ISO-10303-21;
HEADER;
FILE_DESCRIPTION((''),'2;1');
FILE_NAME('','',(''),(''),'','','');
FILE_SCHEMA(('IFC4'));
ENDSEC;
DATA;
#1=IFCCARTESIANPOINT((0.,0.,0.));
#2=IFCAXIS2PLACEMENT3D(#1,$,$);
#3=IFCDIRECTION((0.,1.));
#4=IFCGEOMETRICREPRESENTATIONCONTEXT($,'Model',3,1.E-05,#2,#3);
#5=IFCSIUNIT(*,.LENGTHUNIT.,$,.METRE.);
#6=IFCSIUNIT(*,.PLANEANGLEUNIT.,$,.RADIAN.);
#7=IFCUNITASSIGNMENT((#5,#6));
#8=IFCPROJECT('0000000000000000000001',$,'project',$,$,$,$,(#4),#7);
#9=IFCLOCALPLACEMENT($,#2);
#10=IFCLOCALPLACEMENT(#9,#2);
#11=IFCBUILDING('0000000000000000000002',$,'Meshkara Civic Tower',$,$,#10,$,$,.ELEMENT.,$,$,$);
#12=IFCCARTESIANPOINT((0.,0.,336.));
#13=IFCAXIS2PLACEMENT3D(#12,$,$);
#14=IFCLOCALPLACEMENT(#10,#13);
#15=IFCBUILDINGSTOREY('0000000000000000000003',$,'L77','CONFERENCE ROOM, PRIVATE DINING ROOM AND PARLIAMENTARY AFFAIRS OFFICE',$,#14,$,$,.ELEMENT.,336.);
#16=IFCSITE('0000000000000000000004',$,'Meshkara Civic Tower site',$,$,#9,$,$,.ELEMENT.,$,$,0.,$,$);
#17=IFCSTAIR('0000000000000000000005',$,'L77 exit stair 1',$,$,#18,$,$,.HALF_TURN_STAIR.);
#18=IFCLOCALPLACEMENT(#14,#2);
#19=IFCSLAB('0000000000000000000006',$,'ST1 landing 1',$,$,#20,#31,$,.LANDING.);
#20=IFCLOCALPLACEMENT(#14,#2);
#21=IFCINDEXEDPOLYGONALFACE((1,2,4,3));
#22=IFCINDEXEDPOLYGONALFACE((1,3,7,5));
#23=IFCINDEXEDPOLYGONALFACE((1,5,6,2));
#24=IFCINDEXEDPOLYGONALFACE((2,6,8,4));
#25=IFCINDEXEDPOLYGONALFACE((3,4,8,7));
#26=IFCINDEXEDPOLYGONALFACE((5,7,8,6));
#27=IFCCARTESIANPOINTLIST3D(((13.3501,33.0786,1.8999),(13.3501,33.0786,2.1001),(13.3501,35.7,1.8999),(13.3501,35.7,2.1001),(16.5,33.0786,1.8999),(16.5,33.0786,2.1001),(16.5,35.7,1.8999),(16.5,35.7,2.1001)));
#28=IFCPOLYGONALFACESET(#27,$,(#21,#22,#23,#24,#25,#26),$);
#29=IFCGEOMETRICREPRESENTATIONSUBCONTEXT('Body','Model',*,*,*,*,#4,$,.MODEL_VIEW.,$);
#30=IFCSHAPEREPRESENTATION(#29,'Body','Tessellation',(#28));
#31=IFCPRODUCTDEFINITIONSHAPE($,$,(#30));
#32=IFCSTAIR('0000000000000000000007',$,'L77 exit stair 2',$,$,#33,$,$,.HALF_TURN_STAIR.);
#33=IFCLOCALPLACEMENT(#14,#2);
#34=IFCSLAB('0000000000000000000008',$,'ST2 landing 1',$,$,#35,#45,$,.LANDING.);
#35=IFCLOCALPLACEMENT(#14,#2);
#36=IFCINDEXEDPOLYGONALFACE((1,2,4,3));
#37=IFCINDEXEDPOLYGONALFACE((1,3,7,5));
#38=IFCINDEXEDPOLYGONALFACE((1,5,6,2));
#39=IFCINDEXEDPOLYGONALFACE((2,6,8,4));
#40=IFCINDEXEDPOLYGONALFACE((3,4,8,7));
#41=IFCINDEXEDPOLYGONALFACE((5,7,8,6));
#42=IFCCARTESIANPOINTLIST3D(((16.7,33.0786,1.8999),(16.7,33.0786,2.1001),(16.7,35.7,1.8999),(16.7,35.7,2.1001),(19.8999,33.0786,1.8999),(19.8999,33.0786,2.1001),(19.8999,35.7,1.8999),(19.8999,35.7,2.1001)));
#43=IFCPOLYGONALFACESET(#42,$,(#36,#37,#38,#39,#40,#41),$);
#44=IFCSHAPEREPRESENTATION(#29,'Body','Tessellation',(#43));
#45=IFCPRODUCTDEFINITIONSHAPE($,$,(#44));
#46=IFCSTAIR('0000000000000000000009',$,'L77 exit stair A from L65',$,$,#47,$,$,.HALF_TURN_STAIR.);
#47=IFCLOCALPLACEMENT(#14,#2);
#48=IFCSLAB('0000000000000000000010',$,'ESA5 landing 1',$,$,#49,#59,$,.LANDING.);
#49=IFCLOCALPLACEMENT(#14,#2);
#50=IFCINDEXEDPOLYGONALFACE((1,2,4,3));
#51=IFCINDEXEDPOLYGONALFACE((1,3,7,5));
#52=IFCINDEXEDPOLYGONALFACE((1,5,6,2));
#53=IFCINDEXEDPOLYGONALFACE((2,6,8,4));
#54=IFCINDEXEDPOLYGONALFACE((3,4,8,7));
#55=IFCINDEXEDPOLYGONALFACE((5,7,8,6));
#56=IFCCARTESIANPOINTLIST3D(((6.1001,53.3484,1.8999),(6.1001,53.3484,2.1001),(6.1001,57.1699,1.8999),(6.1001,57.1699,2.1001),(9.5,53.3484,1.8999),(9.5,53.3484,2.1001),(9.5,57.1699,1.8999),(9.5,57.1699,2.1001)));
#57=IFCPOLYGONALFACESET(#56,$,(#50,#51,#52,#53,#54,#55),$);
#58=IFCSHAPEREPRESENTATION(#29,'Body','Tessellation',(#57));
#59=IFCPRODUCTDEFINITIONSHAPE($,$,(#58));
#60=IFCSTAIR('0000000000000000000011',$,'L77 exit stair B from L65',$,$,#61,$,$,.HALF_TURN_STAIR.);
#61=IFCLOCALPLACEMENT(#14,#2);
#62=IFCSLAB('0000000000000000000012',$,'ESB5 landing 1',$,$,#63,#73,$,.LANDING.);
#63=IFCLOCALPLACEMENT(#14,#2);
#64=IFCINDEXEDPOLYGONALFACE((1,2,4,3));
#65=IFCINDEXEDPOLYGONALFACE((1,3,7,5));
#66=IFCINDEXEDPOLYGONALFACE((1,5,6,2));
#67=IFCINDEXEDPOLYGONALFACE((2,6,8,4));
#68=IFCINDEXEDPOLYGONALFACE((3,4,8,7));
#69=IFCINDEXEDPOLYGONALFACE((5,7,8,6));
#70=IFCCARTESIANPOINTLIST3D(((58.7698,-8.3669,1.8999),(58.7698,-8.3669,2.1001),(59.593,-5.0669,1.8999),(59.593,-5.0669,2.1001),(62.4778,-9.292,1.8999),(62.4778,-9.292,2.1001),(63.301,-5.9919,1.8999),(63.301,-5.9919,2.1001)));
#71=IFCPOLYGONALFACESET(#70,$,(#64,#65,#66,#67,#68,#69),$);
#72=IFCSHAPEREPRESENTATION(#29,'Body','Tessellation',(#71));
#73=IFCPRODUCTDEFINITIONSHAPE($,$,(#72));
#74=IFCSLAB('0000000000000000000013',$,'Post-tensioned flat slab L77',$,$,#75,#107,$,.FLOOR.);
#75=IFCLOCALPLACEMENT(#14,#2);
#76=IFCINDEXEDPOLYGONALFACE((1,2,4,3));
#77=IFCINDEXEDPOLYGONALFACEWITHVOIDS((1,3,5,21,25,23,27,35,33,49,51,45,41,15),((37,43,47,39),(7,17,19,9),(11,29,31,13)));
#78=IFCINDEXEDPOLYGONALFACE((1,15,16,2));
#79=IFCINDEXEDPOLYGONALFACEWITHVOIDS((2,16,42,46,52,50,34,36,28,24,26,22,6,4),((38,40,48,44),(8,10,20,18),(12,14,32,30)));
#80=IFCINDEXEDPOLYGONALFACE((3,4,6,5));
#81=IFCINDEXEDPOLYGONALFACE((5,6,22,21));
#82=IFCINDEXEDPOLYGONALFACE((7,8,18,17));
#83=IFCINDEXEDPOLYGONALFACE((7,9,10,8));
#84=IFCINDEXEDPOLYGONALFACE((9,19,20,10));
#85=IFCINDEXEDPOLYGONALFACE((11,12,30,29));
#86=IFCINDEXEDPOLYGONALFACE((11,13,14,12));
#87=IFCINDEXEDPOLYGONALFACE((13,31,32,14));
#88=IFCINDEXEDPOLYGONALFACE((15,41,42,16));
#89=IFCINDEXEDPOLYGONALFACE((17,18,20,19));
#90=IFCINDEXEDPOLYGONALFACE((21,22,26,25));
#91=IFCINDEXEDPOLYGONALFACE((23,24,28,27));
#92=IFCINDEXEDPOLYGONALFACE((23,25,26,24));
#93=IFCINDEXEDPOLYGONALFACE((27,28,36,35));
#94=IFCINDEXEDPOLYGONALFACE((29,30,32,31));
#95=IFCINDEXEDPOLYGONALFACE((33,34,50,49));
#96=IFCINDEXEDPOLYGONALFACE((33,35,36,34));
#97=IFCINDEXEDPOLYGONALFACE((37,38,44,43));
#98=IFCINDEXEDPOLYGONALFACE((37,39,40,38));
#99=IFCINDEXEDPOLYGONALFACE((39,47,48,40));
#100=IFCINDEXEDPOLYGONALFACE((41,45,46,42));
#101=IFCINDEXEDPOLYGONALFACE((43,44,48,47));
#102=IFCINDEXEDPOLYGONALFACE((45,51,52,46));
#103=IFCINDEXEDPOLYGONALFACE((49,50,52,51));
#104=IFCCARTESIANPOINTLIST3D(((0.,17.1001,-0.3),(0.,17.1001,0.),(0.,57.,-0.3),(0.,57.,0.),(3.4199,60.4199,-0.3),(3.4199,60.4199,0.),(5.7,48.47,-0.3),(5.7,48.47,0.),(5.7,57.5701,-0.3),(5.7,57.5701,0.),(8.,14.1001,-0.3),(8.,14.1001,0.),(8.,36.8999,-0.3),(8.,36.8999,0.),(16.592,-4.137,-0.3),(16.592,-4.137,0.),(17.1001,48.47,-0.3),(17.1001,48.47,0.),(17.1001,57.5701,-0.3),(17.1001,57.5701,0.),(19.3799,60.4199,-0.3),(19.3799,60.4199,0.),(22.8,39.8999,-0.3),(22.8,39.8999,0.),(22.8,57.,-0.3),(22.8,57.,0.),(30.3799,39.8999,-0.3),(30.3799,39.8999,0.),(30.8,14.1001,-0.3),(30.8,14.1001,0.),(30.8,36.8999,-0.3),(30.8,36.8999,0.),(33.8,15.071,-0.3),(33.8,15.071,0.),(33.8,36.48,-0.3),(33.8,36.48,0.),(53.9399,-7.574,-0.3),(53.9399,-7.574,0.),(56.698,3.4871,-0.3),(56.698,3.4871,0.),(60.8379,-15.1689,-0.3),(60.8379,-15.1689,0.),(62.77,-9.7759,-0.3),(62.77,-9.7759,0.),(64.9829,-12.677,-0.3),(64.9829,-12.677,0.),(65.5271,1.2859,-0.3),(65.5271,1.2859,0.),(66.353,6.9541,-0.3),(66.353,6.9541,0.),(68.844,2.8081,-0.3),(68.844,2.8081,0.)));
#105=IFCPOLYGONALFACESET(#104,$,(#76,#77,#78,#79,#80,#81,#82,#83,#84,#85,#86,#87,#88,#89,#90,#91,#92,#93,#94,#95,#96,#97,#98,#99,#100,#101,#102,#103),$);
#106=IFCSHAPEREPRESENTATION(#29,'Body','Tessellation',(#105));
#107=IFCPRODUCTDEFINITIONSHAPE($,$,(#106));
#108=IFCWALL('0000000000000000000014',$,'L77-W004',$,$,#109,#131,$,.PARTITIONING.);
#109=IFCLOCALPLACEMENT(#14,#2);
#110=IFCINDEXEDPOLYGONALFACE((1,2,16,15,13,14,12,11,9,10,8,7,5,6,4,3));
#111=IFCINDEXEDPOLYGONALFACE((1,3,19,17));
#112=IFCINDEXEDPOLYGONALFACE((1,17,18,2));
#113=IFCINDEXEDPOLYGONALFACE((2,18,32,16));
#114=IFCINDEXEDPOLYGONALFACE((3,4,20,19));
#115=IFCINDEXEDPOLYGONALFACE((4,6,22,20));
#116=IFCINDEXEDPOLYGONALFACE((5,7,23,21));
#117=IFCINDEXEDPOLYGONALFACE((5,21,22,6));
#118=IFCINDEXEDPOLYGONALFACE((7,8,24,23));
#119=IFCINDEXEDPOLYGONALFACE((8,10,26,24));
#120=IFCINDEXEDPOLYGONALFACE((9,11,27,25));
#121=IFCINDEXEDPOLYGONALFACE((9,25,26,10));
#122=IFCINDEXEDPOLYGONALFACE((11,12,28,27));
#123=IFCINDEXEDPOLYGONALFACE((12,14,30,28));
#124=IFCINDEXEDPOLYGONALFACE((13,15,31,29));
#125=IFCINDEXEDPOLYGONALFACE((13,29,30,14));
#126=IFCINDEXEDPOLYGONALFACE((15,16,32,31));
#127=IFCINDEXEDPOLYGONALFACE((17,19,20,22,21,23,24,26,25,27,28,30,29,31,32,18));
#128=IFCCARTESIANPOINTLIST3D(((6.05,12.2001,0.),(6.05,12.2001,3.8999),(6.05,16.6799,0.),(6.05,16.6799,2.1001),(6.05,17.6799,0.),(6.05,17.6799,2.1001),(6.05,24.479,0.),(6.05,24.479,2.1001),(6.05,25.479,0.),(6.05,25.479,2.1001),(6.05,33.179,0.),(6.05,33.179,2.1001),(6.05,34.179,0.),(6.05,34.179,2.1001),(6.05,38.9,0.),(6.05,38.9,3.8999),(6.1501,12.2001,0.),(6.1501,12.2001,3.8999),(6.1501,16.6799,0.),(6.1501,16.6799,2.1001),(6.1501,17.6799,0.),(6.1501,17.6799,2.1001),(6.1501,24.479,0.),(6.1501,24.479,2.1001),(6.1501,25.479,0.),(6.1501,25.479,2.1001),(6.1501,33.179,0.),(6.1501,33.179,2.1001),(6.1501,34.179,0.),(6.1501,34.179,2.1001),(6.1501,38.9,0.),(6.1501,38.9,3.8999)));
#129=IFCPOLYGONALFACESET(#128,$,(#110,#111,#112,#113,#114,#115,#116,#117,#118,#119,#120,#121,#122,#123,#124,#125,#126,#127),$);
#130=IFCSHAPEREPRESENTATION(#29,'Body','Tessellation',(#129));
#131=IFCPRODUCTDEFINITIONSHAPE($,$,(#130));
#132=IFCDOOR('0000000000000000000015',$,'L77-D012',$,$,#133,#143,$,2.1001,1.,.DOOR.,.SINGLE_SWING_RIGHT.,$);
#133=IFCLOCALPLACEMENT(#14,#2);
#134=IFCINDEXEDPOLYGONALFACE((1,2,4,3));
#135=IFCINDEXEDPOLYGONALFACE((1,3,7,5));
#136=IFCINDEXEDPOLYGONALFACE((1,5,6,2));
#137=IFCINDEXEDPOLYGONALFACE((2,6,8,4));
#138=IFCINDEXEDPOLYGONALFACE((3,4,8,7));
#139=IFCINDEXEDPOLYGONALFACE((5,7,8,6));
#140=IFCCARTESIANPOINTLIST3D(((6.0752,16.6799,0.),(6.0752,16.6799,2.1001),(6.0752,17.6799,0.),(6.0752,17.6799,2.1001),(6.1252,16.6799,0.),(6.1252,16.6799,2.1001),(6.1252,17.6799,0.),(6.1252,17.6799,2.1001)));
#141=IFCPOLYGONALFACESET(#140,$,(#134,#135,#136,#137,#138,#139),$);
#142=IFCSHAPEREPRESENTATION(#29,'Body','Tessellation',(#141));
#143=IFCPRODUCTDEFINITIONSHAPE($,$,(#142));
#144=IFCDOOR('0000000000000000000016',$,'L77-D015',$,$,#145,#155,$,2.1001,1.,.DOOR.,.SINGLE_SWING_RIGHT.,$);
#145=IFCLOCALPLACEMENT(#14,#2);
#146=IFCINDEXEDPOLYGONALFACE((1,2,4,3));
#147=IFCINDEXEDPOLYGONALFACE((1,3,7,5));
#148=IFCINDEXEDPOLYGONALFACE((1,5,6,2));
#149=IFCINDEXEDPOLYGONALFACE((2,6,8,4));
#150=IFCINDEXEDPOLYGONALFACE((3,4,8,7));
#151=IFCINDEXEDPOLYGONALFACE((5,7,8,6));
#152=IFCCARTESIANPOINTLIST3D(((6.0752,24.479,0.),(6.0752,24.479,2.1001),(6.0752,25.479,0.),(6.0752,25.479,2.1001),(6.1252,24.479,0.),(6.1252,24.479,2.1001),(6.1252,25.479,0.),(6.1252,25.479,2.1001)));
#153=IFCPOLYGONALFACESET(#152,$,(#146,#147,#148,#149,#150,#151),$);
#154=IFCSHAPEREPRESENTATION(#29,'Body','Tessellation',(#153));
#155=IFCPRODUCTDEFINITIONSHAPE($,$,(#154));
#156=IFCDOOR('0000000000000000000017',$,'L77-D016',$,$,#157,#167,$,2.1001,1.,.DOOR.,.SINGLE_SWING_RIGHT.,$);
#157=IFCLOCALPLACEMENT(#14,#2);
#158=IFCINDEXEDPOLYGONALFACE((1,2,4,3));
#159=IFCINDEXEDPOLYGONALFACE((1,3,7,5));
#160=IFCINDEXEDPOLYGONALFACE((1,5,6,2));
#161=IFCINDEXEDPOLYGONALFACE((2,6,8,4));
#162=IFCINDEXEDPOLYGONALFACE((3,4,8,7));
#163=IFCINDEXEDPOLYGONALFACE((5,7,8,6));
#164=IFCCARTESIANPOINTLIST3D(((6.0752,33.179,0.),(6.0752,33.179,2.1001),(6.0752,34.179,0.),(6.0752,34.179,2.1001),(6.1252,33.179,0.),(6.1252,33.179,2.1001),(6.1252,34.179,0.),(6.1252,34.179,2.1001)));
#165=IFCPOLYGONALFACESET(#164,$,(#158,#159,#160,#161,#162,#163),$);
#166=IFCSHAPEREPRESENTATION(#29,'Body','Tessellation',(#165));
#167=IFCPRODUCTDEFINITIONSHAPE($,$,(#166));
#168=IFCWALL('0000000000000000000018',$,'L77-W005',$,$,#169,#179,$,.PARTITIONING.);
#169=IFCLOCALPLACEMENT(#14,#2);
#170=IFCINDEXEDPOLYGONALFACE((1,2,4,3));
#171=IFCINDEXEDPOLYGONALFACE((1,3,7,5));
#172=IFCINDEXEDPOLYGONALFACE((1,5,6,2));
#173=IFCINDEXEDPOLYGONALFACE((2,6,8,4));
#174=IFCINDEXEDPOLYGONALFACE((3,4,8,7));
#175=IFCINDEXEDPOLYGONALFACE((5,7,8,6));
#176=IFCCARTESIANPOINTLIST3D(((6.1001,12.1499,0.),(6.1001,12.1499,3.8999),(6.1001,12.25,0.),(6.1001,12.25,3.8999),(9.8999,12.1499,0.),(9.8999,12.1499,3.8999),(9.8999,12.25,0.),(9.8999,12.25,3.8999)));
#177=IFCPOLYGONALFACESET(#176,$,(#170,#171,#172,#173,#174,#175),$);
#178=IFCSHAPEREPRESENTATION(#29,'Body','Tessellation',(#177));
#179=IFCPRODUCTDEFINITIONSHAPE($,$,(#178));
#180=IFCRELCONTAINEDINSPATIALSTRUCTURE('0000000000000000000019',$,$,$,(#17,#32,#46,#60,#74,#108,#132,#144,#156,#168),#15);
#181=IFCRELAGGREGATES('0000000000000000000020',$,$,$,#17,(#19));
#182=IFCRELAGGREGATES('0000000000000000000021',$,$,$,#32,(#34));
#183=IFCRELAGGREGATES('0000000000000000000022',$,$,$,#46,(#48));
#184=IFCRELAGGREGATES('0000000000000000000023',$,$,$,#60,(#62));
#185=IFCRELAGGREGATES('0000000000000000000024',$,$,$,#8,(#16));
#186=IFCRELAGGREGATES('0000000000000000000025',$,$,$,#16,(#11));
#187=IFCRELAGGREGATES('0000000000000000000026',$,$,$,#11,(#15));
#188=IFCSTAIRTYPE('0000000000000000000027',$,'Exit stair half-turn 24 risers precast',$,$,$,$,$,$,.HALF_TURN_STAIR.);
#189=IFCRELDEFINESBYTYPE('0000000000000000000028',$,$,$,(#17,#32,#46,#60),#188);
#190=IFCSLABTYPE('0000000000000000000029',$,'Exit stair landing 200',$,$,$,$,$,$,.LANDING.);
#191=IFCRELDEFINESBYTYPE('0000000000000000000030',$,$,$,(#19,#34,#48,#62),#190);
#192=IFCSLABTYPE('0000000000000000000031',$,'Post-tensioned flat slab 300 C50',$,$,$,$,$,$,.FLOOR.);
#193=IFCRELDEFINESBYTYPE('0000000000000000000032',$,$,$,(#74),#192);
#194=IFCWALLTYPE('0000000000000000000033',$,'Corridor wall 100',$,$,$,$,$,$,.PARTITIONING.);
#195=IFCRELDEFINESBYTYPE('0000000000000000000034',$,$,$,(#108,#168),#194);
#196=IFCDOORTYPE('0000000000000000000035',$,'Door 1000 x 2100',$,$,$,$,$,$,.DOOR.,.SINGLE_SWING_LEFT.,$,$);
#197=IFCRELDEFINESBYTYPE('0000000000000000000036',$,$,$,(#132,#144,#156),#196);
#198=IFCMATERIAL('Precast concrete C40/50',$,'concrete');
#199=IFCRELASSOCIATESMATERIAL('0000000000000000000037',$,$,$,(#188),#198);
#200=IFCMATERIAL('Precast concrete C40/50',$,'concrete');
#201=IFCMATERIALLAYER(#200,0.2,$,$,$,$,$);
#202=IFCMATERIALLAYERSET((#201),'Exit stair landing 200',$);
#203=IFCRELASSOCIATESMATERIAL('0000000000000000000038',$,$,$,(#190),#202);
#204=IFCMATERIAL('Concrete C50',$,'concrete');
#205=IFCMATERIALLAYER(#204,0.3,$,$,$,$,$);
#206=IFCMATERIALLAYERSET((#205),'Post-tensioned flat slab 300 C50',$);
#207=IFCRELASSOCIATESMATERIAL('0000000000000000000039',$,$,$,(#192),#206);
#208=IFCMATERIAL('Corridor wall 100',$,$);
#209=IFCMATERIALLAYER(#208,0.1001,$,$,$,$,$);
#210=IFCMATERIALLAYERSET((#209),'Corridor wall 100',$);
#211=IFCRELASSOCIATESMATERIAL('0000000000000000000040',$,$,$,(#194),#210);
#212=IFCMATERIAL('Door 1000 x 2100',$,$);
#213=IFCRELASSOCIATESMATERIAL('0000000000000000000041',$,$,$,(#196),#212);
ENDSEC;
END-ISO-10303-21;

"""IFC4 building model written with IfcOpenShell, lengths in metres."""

from ifc_helpers import new_model, si_unit, direction, frame, frame_2d, origin, place, context, subcontext, project, spatial, polyline, rectangle, outline, extrude, material, layer, layer_set, type_object, element, fill, aggregate, save


model = new_model("IFC4")

# Units and contexts
model_context = context("Model", 3, precision=1e-05, world=origin(), true_north=direction((0.0, 1.0)))
body_context = subcontext(model_context, "Body", "Model", "MODEL_VIEW")
ifc_project = project(units=[si_unit("LENGTHUNIT", "METRE"), si_unit("PLANEANGLEUNIT", "RADIAN")], contexts=[model_context])

# Site, building, storey
site_placement = place(None, origin())
site = spatial("IfcSite", under=ifc_project, at=site_placement, Name="Meshkara Civic Tower site", CompositionType="ELEMENT", RefElevation=0.0)
building_placement = place(site_placement, origin())
building = spatial("IfcBuilding", under=site, at=building_placement, Name="Meshkara Civic Tower", CompositionType="ELEMENT")
storey_placement = place(building_placement, frame((0.0, 0.0, 336.0)))
storey = spatial("IfcBuildingStorey", under=building, at=storey_placement, Name="L77", Description="CONFERENCE ROOM, PRIVATE DINING ROOM AND PARLIAMENTARY AFFAIRS OFFICE", CompositionType="ELEMENT", Elevation=336.0)

# Stairs, slabs
ifc_material_1 = material(Name="Precast concrete C40/50", Category="concrete")
stair_type = type_object("IfcStairType", Name="Exit stair half-turn 24 risers precast", PredefinedType="HALF_TURN_STAIR", material=ifc_material_1)
stair_1_placement = place(storey_placement, origin())
stair_1 = element("IfcStair", 1, at=stair_1_placement, inside=storey, type_object=stair_type, Name="L77 exit stair 1", PredefinedType="HALF_TURN_STAIR")
ifc_material_2 = material(Name="Precast concrete C40/50", Category="concrete")
ifc_layer_1 = layer(ifc_material_2, 0.2)
ifc_layer_set_1 = layer_set([ifc_layer_1], Name="Exit stair landing 200")
slab_type_1 = type_object("IfcSlabType", Name="Exit stair landing 200", PredefinedType="LANDING", material=ifc_layer_set_1)
slab_1_placement = place(storey_placement, frame((0.0, 0.0, 1.8999)))
slab_1 = element("IfcSlab", 2, at=slab_1_placement, type_object=slab_type_1, Name="ST1 landing 1", PredefinedType="LANDING", context=body_context, shape_type="SweptSolid", body=[
    extrude(outline(polyline([(16.5, 33.0786), (16.5, 35.7), (13.3501, 35.7), (13.3501, 33.0786), (16.5, 33.0786)])), origin(), (0.0, 0.0, 1.0), 0.2002),
])
aggregate(stair_1, [slab_1])
stair_2_placement = place(storey_placement, origin())
stair_2 = element("IfcStair", 3, at=stair_2_placement, inside=storey, type_object=stair_type, Name="L77 exit stair 2", PredefinedType="HALF_TURN_STAIR")
slab_2_placement = place(storey_placement, frame((0.0, 0.0, 1.8999)))
slab_2 = element("IfcSlab", 4, at=slab_2_placement, type_object=slab_type_1, Name="ST2 landing 1", PredefinedType="LANDING", context=body_context, shape_type="SweptSolid", body=[
    extrude(outline(polyline([(19.8999, 33.0786), (19.8999, 35.7), (16.7, 35.7), (16.7, 33.0786), (19.8999, 33.0786)])), origin(), (0.0, 0.0, 1.0), 0.2002),
])
aggregate(stair_2, [slab_2])
stair_3_placement = place(storey_placement, origin())
stair_3 = element("IfcStair", 5, at=stair_3_placement, inside=storey, type_object=stair_type, Name="L77 exit stair A from L65", PredefinedType="HALF_TURN_STAIR")
slab_3_placement = place(storey_placement, frame((0.0, 0.0, 1.8999)))
slab_3 = element("IfcSlab", 6, at=slab_3_placement, type_object=slab_type_1, Name="ESA5 landing 1", PredefinedType="LANDING", context=body_context, shape_type="SweptSolid", body=[
    extrude(outline(polyline([(9.5, 53.3484), (9.5, 57.1699), (6.1001, 57.1699), (6.1001, 53.3484), (9.5, 53.3484)])), origin(), (0.0, 0.0, 1.0), 0.2002),
])
aggregate(stair_3, [slab_3])
stair_4_placement = place(storey_placement, origin())
stair_4 = element("IfcStair", 7, at=stair_4_placement, inside=storey, type_object=stair_type, Name="L77 exit stair B from L65", PredefinedType="HALF_TURN_STAIR")
slab_4_placement = place(storey_placement, frame((0.0, 0.0, 1.8999)))
slab_4 = element("IfcSlab", 8, at=slab_4_placement, type_object=slab_type_1, Name="ESB5 landing 1", PredefinedType="LANDING", context=body_context, shape_type="SweptSolid", body=[
    extrude(outline(polyline([(58.7698, -8.3669), (62.4778, -9.292), (63.301, -5.9919), (59.593, -5.0669), (58.7698, -8.3669)])), origin(), (0.0, 0.0, 1.0), 0.2002),
])
aggregate(stair_4, [slab_4])

# Slab
ifc_material_3 = material(Name="Concrete C50", Category="concrete")
ifc_layer_2 = layer(ifc_material_3, 0.3)
ifc_layer_set_2 = layer_set([ifc_layer_2], Name="Post-tensioned flat slab 300 C50")
slab_type_2 = type_object("IfcSlabType", Name="Post-tensioned flat slab 300 C50", PredefinedType="FLOOR", material=ifc_layer_set_2)
slab_5_placement = place(storey_placement, frame((0.0, 0.0, -0.3)))
element("IfcSlab", 9, at=slab_5_placement, inside=storey, type_object=slab_type_2, Name="Post-tensioned flat slab L77", PredefinedType="FLOOR", context=body_context, shape_type="SweptSolid", body=[
    extrude(outline(polyline([(64.9829, -12.677), (60.8379, -15.1689), (16.592, -4.137), (0.0, 17.1001), (0.0, 57.0), (3.4199, 60.4199), (19.3799, 60.4199), (22.8, 57.0), (22.8, 39.8999), (30.3799, 39.8999), (33.8, 36.48), (33.8, 15.071), (66.353, 6.9541), (68.844, 2.8081), (64.9829, -12.677)]), holes=[polyline([(62.77, -9.7759), (65.5271, 1.2859), (56.698, 3.4871), (53.9399, -7.574), (62.77, -9.7759)]), polyline([(8.0, 14.1001), (30.8, 14.1001), (30.8, 36.8999), (8.0, 36.8999), (8.0, 14.1001)]), polyline([(5.7, 57.5701), (5.7, 48.47), (17.1001, 48.47), (17.1001, 57.5701), (5.7, 57.5701)])]), origin(), (0.0, 0.0, 1.0), 0.3),
])

# Wall, openings, doors
ifc_material_4 = material(Name="Corridor wall 100")
ifc_layer_3 = layer(ifc_material_4, 0.1001)
ifc_layer_set_3 = layer_set([ifc_layer_3], Name="Corridor wall 100")
wall_type = type_object("IfcWallType", Name="Corridor wall 100", PredefinedType="PARTITIONING", material=ifc_layer_set_3)
wall_1_placement = place(storey_placement, frame((6.1001, 12.2, 0.0), z_axis=(0.0, 0.0, 1.0), x_axis=(0.0, 1.0, 0.0)))
wall_1 = element("IfcWall", 10, at=wall_1_placement, inside=storey, type_object=wall_type, Name="L77-W004", PredefinedType="PARTITIONING", context=body_context, shape_type="SweptSolid", body=[
    extrude(rectangle(XDim=26.7, YDim=0.1001, at=frame_2d((13.3501, 0.0))), origin(), (0.0, 0.0, 1.0), 3.8999),
])
opening_1_placement = place(wall_1_placement, frame((4.48, 0.0, 0.0)))
opening_1 = element("IfcOpeningElement", 11, at=opening_1_placement, cuts=wall_1, PredefinedType="OPENING", context=body_context, shape_type="SweptSolid", body=[
    extrude(rectangle(XDim=1.0, YDim=2.1001, at=frame_2d((0.5, 1.05))), frame((0.0, 0.0601, 0.0), z_axis=(0.0, -1.0, 0.0), x_axis=(1.0, 0.0, 0.0)), (0.0, 0.0, 1.0), 0.1201),
])
opening_2_placement = place(wall_1_placement, frame((12.2791, 0.0, 0.0)))
opening_2 = element("IfcOpeningElement", 12, at=opening_2_placement, cuts=wall_1, PredefinedType="OPENING", context=body_context, shape_type="SweptSolid", body=[
    extrude(rectangle(XDim=1.0, YDim=2.1001, at=frame_2d((0.5, 1.05))), frame((0.0, 0.0601, 0.0), z_axis=(0.0, -1.0, 0.0), x_axis=(1.0, 0.0, 0.0)), (0.0, 0.0, 1.0), 0.1201),
])
opening_3_placement = place(wall_1_placement, frame((20.979, 0.0, 0.0)))
opening_3 = element("IfcOpeningElement", 13, at=opening_3_placement, cuts=wall_1, PredefinedType="OPENING", context=body_context, shape_type="SweptSolid", body=[
    extrude(rectangle(XDim=1.0, YDim=2.1001, at=frame_2d((0.5, 1.05))), frame((0.0, 0.0601, 0.0), z_axis=(0.0, -1.0, 0.0), x_axis=(1.0, 0.0, 0.0)), (0.0, 0.0, 1.0), 0.1201),
])
ifc_material_5 = material(Name="Door 1000 x 2100")
door_type = type_object("IfcDoorType", Name="Door 1000 x 2100", OperationType="SINGLE_SWING_LEFT", PredefinedType="DOOR", material=ifc_material_5)
door_1_placement = place(opening_1_placement, origin())
door_1 = element("IfcDoor", 14, at=door_1_placement, inside=storey, type_object=door_type, Name="L77-D012", OperationType="SINGLE_SWING_RIGHT", OverallHeight=2.1001, OverallWidth=1.0, PredefinedType="DOOR", context=body_context, shape_type="SweptSolid", body=[
    extrude(rectangle(XDim=1.0, YDim=2.1001, at=frame_2d((0.5, 1.05))), frame((0.0, 0.0249, 0.0), z_axis=(0.0, -1.0, 0.0), x_axis=(1.0, 0.0, 0.0)), (0.0, 0.0, 1.0), 0.05),
])
fill(opening_1, door_1)
door_2_placement = place(opening_2_placement, origin())
door_2 = element("IfcDoor", 15, at=door_2_placement, inside=storey, type_object=door_type, Name="L77-D015", OperationType="SINGLE_SWING_RIGHT", OverallHeight=2.1001, OverallWidth=1.0, PredefinedType="DOOR", context=body_context, shape_type="SweptSolid", body=[
    extrude(rectangle(XDim=1.0, YDim=2.1001, at=frame_2d((0.5, 1.05))), frame((0.0, 0.0249, 0.0), z_axis=(0.0, -1.0, 0.0), x_axis=(1.0, 0.0, 0.0)), (0.0, 0.0, 1.0), 0.05),
])
fill(opening_2, door_2)
door_3_placement = place(opening_3_placement, origin())
door_3 = element("IfcDoor", 16, at=door_3_placement, inside=storey, type_object=door_type, Name="L77-D016", OperationType="SINGLE_SWING_RIGHT", OverallHeight=2.1001, OverallWidth=1.0, PredefinedType="DOOR", context=body_context, shape_type="SweptSolid", body=[
    extrude(rectangle(XDim=1.0, YDim=2.1001, at=frame_2d((0.5, 1.05))), frame((0.0, 0.0249, 0.0), z_axis=(0.0, -1.0, 0.0), x_axis=(1.0, 0.0, 0.0)), (0.0, 0.0, 1.0), 0.05),
])
fill(opening_3, door_3)

# Wall
wall_2_placement = place(storey_placement, frame((6.1001, 12.2, 0.0), z_axis=(0.0, 0.0, 1.0), x_axis=(1.0, 0.0, 0.0)))
element("IfcWall", 17, at=wall_2_placement, inside=storey, type_object=wall_type, Name="L77-W005", PredefinedType="PARTITIONING", context=body_context, shape_type="SweptSolid", body=[
    extrude(rectangle(XDim=3.7998, YDim=0.1001, at=frame_2d((1.8999, 0.0))), origin(), (0.0, 0.0, 1.0), 3.8999),
])

save(model, "model.ifc")
